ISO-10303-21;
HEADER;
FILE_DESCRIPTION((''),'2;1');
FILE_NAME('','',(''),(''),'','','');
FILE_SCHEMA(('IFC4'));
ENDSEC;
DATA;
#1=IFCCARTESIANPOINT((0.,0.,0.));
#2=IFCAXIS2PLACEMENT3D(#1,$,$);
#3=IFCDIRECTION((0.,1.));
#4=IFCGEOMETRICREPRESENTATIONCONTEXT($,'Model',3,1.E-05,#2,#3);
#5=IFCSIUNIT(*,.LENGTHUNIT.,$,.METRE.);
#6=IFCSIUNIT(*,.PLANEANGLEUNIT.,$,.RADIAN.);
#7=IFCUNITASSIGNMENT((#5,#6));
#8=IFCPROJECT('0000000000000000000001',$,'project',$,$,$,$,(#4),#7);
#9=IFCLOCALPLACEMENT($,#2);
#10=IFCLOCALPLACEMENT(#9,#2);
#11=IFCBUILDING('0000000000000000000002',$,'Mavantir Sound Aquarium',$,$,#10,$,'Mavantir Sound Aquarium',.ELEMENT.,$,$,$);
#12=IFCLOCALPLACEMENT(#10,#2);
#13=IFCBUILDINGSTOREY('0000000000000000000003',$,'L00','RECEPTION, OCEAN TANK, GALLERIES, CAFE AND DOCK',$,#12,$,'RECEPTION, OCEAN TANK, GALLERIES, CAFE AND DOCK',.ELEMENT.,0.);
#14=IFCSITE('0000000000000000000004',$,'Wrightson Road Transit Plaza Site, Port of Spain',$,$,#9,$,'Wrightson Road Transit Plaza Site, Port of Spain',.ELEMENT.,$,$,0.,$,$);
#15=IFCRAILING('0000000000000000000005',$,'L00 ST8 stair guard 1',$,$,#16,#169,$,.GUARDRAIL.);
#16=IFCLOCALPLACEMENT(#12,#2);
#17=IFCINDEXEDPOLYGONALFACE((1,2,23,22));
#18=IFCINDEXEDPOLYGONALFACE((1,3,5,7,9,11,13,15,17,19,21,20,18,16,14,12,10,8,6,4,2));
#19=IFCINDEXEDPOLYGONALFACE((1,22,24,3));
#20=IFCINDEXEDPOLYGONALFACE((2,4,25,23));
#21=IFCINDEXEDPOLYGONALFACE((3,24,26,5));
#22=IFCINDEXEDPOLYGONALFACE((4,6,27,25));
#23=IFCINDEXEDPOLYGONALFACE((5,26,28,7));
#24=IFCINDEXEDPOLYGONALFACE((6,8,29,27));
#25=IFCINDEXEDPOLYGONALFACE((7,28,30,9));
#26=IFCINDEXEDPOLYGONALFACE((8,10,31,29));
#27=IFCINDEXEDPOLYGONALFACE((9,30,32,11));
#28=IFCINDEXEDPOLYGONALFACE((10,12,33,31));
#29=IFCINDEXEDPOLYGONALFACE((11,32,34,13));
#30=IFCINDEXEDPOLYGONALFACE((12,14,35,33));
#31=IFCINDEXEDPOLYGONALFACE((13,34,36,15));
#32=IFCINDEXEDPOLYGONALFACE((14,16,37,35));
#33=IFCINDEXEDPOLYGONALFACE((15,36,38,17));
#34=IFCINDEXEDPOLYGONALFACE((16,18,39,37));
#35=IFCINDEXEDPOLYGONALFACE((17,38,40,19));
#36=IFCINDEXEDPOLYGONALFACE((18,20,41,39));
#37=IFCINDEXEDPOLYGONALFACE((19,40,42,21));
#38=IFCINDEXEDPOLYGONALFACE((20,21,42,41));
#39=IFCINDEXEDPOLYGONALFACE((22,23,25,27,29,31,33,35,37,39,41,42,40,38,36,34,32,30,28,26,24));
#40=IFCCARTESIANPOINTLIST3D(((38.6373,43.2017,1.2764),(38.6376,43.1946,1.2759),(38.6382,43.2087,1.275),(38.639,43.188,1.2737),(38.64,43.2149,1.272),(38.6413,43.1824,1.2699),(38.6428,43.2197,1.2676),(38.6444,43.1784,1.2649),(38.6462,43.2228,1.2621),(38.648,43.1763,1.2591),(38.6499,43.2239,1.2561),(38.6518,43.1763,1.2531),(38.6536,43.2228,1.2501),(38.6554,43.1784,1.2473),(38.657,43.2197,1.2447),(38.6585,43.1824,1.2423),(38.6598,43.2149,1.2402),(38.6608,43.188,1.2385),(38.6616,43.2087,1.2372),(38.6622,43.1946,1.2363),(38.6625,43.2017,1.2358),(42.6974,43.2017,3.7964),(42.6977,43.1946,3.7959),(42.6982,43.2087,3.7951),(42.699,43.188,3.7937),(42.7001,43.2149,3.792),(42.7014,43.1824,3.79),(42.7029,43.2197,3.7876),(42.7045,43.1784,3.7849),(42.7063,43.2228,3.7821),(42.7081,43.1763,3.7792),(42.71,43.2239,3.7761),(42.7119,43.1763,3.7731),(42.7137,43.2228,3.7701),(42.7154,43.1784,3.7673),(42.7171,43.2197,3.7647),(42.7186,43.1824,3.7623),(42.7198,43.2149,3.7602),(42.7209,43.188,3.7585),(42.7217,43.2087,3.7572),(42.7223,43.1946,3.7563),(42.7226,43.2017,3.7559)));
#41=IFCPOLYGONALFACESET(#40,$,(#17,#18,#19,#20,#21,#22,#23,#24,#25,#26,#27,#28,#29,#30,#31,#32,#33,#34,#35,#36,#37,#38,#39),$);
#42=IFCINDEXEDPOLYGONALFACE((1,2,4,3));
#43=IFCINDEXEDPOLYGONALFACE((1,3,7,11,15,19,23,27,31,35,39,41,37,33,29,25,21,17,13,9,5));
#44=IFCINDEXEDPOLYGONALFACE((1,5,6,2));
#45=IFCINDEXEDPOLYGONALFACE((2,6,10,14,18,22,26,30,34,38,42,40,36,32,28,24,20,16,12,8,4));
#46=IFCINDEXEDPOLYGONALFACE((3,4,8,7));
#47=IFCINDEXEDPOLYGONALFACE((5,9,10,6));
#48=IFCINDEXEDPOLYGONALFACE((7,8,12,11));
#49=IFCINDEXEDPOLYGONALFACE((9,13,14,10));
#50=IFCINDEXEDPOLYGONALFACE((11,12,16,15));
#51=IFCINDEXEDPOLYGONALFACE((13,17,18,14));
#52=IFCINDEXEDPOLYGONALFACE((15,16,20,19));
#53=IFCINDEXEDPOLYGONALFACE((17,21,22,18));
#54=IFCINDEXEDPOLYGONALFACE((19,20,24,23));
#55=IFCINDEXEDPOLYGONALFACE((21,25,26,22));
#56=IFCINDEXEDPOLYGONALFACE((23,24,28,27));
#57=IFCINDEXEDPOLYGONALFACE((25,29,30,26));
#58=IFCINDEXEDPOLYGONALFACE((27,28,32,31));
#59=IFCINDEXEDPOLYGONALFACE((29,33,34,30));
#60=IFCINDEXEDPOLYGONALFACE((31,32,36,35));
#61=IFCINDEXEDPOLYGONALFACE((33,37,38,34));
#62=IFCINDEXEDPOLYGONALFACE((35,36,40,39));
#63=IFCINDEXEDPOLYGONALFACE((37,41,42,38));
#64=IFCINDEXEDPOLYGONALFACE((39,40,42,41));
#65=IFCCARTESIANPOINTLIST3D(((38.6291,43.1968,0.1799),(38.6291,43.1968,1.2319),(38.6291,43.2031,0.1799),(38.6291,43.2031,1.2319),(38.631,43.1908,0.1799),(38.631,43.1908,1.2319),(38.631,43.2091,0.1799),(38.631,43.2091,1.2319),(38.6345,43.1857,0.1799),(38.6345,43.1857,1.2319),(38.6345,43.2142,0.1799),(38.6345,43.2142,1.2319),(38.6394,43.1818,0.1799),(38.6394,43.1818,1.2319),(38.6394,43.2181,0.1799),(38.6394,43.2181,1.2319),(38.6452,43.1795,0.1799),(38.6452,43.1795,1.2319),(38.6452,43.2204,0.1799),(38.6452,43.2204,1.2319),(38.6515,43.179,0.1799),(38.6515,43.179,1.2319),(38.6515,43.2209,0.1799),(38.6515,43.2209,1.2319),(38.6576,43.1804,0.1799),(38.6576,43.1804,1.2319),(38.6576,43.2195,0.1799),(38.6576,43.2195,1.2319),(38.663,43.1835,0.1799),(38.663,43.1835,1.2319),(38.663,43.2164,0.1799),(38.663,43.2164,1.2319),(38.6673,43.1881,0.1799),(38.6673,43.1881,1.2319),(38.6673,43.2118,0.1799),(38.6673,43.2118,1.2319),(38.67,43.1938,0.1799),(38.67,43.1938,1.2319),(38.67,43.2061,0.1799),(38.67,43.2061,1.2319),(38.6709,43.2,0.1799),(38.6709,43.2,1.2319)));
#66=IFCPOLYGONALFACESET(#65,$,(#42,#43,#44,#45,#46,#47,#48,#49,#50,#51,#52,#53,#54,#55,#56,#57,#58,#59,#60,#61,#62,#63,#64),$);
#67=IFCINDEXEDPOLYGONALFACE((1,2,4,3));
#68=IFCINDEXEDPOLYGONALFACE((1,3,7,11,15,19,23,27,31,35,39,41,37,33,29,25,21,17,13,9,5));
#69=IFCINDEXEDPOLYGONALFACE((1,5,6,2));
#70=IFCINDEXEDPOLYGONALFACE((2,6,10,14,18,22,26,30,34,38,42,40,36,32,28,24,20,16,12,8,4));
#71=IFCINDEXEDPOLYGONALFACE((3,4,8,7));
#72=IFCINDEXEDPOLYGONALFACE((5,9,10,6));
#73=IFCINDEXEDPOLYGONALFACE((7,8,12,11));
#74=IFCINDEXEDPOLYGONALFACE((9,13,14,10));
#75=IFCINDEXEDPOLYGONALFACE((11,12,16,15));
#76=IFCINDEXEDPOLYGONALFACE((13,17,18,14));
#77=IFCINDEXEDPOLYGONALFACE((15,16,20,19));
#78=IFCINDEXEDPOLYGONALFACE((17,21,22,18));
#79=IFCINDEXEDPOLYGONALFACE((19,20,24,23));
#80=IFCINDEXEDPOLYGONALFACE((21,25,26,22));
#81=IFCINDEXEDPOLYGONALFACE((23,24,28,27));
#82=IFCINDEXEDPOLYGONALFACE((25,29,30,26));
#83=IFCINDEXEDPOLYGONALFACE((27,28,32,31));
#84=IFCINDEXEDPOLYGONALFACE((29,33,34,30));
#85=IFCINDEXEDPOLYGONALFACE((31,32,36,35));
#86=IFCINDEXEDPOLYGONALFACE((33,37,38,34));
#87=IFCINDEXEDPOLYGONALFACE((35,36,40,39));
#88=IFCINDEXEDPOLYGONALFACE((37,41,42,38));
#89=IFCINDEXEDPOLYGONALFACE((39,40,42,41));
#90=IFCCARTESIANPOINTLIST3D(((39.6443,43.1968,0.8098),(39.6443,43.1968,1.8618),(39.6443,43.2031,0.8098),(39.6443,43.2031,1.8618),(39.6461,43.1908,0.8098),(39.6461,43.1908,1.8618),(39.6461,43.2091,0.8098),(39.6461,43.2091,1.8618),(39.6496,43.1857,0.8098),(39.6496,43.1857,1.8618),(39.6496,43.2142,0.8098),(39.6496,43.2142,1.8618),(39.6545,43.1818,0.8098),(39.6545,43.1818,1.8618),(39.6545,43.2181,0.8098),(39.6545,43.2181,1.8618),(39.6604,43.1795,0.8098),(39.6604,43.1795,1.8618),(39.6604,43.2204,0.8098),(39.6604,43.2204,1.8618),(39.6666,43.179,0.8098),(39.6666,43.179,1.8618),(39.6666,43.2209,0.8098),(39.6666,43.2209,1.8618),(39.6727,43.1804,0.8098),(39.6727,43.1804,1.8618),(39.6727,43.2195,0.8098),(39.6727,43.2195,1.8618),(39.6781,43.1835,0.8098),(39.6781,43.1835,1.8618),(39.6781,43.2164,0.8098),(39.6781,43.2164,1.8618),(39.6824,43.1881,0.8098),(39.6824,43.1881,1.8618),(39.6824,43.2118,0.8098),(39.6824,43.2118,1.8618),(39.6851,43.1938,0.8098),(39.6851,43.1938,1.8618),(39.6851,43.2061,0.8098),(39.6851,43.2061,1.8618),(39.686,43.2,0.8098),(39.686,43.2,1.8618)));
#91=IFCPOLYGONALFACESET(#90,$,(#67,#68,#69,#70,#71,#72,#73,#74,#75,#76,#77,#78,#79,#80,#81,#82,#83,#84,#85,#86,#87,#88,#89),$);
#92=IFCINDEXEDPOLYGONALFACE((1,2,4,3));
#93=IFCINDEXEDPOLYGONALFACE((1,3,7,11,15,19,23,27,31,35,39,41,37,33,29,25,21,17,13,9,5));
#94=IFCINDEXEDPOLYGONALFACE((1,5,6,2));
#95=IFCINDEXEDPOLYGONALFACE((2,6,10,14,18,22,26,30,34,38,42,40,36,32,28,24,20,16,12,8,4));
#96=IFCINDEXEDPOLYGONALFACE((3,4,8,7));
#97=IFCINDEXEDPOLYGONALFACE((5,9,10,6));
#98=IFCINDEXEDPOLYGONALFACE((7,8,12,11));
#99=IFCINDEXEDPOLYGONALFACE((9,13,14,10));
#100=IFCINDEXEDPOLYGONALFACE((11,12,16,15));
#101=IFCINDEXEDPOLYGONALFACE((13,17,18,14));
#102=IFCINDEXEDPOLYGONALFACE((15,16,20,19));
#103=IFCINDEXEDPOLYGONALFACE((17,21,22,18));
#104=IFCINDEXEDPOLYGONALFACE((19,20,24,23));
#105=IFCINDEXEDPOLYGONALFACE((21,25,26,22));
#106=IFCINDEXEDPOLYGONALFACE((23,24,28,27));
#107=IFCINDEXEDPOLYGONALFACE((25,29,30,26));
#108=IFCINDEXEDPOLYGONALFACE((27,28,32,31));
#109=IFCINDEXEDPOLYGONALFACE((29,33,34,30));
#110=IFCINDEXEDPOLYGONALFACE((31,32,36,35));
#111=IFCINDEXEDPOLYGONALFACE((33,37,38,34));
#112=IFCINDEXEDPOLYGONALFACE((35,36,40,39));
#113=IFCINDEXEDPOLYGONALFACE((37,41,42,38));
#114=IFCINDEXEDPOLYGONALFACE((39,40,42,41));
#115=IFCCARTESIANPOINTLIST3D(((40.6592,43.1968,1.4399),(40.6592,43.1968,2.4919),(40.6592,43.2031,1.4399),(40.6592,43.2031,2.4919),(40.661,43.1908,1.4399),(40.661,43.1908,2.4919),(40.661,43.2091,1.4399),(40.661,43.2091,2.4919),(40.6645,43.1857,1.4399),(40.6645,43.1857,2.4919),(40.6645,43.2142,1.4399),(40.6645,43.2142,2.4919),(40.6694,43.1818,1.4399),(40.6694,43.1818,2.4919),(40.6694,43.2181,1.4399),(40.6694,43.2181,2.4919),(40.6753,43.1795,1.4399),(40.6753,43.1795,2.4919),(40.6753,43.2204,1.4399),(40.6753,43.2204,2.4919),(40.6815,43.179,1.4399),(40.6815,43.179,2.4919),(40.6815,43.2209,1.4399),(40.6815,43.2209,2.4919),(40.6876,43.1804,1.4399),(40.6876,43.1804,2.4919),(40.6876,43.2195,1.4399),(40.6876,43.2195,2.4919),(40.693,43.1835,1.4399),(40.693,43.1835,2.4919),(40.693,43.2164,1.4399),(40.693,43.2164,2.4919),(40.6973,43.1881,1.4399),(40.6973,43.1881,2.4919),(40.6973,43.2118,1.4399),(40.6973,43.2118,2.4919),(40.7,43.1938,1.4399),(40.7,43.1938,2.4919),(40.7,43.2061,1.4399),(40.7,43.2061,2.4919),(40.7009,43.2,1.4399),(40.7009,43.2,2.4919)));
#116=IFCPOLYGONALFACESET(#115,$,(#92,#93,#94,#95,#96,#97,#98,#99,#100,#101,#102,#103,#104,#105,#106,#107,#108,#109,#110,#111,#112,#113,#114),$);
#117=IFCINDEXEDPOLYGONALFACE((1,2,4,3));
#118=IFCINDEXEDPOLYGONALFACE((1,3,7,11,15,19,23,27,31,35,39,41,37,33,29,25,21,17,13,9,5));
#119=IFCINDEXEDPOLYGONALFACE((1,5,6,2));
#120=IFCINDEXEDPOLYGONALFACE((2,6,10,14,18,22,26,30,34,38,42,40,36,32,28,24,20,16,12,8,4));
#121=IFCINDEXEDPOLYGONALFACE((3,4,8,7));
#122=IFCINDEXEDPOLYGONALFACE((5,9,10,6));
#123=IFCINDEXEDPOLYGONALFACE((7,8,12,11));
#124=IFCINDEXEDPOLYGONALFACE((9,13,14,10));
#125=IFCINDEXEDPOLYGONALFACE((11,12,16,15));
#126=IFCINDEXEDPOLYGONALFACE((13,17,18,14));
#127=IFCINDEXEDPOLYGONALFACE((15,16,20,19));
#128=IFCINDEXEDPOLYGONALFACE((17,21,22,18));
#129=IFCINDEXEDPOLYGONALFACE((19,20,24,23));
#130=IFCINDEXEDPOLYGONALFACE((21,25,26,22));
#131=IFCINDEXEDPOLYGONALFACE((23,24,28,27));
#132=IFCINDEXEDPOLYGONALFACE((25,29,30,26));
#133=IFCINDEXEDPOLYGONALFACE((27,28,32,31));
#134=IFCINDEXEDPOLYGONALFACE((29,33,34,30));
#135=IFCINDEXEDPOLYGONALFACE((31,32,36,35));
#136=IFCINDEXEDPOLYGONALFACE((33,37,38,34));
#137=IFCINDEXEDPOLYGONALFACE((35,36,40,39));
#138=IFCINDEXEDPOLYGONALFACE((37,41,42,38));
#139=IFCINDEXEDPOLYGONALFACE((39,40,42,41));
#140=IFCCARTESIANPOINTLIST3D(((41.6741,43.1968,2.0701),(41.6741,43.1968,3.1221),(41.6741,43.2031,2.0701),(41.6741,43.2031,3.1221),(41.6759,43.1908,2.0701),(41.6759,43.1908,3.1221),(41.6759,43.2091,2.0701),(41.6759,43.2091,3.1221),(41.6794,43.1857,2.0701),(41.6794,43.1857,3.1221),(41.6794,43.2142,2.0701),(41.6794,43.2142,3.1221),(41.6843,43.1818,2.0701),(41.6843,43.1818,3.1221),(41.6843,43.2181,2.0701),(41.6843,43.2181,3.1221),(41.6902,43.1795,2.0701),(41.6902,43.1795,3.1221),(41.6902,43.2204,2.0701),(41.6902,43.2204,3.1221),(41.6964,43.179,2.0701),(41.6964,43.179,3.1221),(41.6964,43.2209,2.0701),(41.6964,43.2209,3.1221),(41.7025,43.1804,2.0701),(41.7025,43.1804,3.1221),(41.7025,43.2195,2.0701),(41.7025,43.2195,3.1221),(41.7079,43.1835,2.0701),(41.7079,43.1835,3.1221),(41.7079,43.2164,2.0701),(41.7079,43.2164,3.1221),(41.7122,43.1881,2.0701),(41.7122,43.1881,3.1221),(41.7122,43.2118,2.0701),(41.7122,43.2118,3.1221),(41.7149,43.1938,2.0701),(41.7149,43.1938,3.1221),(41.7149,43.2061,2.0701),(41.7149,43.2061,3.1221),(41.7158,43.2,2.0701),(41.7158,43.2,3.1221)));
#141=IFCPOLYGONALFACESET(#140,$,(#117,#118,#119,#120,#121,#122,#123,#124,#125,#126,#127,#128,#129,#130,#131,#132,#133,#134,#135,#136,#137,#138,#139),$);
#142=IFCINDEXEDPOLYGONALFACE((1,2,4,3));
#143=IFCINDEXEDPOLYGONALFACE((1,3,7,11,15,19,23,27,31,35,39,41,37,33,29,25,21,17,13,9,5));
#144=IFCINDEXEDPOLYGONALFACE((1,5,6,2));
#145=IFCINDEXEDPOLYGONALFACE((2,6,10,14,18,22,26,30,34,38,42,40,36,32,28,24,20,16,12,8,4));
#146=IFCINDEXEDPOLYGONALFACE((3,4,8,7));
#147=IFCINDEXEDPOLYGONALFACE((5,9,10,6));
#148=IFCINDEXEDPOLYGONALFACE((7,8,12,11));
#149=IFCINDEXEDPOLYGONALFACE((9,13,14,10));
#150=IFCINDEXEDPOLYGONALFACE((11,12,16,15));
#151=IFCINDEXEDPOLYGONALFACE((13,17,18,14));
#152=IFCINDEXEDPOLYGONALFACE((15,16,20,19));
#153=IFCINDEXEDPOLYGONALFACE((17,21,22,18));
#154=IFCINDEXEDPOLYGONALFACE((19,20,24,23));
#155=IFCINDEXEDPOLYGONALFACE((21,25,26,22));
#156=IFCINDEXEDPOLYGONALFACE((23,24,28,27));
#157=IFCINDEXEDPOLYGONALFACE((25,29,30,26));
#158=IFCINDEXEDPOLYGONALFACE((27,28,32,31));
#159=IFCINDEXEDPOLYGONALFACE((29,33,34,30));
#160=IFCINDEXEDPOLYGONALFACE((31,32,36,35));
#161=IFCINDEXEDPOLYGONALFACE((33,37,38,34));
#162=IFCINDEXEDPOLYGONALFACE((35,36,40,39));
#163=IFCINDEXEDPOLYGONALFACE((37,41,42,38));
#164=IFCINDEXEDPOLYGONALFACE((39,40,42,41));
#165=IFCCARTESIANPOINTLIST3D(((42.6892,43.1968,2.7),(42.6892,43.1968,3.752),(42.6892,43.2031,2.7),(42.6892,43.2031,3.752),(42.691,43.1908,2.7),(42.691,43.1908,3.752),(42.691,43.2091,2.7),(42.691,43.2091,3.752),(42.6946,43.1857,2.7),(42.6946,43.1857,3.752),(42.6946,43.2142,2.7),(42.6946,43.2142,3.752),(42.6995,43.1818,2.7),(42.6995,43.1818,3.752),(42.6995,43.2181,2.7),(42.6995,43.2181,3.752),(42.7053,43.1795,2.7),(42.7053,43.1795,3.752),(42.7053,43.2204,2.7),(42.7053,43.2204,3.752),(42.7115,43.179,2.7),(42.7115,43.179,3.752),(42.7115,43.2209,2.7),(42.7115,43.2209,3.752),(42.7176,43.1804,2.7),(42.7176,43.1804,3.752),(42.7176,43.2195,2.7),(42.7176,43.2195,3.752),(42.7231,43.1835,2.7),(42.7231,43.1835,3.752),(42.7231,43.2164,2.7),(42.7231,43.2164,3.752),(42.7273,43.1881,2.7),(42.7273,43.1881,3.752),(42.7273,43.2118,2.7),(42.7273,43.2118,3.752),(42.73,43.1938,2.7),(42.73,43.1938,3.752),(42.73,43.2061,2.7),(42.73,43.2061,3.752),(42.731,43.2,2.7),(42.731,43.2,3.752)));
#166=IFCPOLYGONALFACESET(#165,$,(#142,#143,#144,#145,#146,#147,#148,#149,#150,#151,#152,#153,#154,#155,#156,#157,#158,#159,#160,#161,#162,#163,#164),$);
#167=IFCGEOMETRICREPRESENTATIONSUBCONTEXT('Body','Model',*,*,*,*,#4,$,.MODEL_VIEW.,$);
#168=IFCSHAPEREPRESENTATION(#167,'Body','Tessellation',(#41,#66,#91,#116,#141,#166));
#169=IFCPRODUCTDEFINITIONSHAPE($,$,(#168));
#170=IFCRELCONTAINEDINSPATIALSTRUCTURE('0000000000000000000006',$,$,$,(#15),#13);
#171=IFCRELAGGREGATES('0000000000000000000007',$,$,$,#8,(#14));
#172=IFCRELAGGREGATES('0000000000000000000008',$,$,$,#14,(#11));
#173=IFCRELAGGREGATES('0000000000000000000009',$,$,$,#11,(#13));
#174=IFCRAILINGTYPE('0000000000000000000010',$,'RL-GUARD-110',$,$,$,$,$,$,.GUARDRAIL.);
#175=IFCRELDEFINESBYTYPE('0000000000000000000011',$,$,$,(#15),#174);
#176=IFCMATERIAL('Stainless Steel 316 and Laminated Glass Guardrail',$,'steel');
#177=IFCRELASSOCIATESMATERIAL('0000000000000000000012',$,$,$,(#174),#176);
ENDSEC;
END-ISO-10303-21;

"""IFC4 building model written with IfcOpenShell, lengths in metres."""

from ifc_helpers import new_model, si_unit, direction, frame, origin, origin_2d, place, context, subcontext, project, spatial, circle, extrude, material, type_object, element, save


model = new_model("IFC4")

# Units and contexts
model_context = context("Model", 3, precision=1e-05, world=origin(), true_north=direction((0.0, 1.0)))
body_context = subcontext(model_context, "Body", "Model", "MODEL_VIEW")
ifc_project = project(units=[si_unit("LENGTHUNIT", "METRE"), si_unit("PLANEANGLEUNIT", "RADIAN")], contexts=[model_context])

# Site, building, storey
site_placement = place(None, origin())
site = spatial("IfcSite", under=ifc_project, at=site_placement, Name="Wrightson Road Transit Plaza Site, Port of Spain", LongName="Wrightson Road Transit Plaza Site, Port of Spain", CompositionType="ELEMENT", RefElevation=0.0)
building_placement = place(site_placement, origin())
building = spatial("IfcBuilding", under=site, at=building_placement, Name="Mavantir Sound Aquarium", LongName="Mavantir Sound Aquarium", CompositionType="ELEMENT")
storey_placement = place(building_placement, origin())
storey = spatial("IfcBuildingStorey", under=building, at=storey_placement, Name="L00", Description="RECEPTION, OCEAN TANK, GALLERIES, CAFE AND DOCK", LongName="RECEPTION, OCEAN TANK, GALLERIES, CAFE AND DOCK", CompositionType="ELEMENT", Elevation=0.0)

# Railing
ifc_material_1 = material(Name="Stainless Steel 316 and Laminated Glass Guardrail", Category="steel")
railing_type_1 = type_object("IfcRailingType", Name="RL-GUARD-110", PredefinedType="GUARDRAIL", material=ifc_material_1)
railing_1_placement = place(storey_placement, frame((38.6499, 43.2, 0.1799)))
element("IfcRailing", 1, at=railing_1_placement, inside=storey, type_object=railing_type_1, Name="L00 ST8 stair guard 1", PredefinedType="GUARDRAIL", context=body_context, shape_type="SweptSolid", body=[
    extrude(circle(Radius=0.0239, at=origin_2d()), frame((0.0, 0.0, 1.0762), z_axis=(0.849642, 0.0, 0.52736), x_axis=(0.0, 1.0, 0.0)), (0.0, 0.0, 1.0), 4.7786),
    extrude(circle(Radius=0.021, at=origin_2d()), origin(), (0.0, 0.0, 1.0), 1.052),
    extrude(circle(Radius=0.021, at=origin_2d()), frame((1.0151, 0.0, 0.6299)), (0.0, 0.0, 1.0), 1.052),
    extrude(circle(Radius=0.021, at=origin_2d()), frame((2.03, 0.0, 1.26)), (0.0, 0.0, 1.0), 1.052),
    extrude(circle(Radius=0.021, at=origin_2d()), frame((3.0449, 0.0, 1.8901)), (0.0, 0.0, 1.0), 1.052),
    extrude(circle(Radius=0.021, at=origin_2d()), frame((4.0601, 0.0, 2.52)), (0.0, 0.0, 1.0), 1.052),
])

save(model, "model.ifc")
